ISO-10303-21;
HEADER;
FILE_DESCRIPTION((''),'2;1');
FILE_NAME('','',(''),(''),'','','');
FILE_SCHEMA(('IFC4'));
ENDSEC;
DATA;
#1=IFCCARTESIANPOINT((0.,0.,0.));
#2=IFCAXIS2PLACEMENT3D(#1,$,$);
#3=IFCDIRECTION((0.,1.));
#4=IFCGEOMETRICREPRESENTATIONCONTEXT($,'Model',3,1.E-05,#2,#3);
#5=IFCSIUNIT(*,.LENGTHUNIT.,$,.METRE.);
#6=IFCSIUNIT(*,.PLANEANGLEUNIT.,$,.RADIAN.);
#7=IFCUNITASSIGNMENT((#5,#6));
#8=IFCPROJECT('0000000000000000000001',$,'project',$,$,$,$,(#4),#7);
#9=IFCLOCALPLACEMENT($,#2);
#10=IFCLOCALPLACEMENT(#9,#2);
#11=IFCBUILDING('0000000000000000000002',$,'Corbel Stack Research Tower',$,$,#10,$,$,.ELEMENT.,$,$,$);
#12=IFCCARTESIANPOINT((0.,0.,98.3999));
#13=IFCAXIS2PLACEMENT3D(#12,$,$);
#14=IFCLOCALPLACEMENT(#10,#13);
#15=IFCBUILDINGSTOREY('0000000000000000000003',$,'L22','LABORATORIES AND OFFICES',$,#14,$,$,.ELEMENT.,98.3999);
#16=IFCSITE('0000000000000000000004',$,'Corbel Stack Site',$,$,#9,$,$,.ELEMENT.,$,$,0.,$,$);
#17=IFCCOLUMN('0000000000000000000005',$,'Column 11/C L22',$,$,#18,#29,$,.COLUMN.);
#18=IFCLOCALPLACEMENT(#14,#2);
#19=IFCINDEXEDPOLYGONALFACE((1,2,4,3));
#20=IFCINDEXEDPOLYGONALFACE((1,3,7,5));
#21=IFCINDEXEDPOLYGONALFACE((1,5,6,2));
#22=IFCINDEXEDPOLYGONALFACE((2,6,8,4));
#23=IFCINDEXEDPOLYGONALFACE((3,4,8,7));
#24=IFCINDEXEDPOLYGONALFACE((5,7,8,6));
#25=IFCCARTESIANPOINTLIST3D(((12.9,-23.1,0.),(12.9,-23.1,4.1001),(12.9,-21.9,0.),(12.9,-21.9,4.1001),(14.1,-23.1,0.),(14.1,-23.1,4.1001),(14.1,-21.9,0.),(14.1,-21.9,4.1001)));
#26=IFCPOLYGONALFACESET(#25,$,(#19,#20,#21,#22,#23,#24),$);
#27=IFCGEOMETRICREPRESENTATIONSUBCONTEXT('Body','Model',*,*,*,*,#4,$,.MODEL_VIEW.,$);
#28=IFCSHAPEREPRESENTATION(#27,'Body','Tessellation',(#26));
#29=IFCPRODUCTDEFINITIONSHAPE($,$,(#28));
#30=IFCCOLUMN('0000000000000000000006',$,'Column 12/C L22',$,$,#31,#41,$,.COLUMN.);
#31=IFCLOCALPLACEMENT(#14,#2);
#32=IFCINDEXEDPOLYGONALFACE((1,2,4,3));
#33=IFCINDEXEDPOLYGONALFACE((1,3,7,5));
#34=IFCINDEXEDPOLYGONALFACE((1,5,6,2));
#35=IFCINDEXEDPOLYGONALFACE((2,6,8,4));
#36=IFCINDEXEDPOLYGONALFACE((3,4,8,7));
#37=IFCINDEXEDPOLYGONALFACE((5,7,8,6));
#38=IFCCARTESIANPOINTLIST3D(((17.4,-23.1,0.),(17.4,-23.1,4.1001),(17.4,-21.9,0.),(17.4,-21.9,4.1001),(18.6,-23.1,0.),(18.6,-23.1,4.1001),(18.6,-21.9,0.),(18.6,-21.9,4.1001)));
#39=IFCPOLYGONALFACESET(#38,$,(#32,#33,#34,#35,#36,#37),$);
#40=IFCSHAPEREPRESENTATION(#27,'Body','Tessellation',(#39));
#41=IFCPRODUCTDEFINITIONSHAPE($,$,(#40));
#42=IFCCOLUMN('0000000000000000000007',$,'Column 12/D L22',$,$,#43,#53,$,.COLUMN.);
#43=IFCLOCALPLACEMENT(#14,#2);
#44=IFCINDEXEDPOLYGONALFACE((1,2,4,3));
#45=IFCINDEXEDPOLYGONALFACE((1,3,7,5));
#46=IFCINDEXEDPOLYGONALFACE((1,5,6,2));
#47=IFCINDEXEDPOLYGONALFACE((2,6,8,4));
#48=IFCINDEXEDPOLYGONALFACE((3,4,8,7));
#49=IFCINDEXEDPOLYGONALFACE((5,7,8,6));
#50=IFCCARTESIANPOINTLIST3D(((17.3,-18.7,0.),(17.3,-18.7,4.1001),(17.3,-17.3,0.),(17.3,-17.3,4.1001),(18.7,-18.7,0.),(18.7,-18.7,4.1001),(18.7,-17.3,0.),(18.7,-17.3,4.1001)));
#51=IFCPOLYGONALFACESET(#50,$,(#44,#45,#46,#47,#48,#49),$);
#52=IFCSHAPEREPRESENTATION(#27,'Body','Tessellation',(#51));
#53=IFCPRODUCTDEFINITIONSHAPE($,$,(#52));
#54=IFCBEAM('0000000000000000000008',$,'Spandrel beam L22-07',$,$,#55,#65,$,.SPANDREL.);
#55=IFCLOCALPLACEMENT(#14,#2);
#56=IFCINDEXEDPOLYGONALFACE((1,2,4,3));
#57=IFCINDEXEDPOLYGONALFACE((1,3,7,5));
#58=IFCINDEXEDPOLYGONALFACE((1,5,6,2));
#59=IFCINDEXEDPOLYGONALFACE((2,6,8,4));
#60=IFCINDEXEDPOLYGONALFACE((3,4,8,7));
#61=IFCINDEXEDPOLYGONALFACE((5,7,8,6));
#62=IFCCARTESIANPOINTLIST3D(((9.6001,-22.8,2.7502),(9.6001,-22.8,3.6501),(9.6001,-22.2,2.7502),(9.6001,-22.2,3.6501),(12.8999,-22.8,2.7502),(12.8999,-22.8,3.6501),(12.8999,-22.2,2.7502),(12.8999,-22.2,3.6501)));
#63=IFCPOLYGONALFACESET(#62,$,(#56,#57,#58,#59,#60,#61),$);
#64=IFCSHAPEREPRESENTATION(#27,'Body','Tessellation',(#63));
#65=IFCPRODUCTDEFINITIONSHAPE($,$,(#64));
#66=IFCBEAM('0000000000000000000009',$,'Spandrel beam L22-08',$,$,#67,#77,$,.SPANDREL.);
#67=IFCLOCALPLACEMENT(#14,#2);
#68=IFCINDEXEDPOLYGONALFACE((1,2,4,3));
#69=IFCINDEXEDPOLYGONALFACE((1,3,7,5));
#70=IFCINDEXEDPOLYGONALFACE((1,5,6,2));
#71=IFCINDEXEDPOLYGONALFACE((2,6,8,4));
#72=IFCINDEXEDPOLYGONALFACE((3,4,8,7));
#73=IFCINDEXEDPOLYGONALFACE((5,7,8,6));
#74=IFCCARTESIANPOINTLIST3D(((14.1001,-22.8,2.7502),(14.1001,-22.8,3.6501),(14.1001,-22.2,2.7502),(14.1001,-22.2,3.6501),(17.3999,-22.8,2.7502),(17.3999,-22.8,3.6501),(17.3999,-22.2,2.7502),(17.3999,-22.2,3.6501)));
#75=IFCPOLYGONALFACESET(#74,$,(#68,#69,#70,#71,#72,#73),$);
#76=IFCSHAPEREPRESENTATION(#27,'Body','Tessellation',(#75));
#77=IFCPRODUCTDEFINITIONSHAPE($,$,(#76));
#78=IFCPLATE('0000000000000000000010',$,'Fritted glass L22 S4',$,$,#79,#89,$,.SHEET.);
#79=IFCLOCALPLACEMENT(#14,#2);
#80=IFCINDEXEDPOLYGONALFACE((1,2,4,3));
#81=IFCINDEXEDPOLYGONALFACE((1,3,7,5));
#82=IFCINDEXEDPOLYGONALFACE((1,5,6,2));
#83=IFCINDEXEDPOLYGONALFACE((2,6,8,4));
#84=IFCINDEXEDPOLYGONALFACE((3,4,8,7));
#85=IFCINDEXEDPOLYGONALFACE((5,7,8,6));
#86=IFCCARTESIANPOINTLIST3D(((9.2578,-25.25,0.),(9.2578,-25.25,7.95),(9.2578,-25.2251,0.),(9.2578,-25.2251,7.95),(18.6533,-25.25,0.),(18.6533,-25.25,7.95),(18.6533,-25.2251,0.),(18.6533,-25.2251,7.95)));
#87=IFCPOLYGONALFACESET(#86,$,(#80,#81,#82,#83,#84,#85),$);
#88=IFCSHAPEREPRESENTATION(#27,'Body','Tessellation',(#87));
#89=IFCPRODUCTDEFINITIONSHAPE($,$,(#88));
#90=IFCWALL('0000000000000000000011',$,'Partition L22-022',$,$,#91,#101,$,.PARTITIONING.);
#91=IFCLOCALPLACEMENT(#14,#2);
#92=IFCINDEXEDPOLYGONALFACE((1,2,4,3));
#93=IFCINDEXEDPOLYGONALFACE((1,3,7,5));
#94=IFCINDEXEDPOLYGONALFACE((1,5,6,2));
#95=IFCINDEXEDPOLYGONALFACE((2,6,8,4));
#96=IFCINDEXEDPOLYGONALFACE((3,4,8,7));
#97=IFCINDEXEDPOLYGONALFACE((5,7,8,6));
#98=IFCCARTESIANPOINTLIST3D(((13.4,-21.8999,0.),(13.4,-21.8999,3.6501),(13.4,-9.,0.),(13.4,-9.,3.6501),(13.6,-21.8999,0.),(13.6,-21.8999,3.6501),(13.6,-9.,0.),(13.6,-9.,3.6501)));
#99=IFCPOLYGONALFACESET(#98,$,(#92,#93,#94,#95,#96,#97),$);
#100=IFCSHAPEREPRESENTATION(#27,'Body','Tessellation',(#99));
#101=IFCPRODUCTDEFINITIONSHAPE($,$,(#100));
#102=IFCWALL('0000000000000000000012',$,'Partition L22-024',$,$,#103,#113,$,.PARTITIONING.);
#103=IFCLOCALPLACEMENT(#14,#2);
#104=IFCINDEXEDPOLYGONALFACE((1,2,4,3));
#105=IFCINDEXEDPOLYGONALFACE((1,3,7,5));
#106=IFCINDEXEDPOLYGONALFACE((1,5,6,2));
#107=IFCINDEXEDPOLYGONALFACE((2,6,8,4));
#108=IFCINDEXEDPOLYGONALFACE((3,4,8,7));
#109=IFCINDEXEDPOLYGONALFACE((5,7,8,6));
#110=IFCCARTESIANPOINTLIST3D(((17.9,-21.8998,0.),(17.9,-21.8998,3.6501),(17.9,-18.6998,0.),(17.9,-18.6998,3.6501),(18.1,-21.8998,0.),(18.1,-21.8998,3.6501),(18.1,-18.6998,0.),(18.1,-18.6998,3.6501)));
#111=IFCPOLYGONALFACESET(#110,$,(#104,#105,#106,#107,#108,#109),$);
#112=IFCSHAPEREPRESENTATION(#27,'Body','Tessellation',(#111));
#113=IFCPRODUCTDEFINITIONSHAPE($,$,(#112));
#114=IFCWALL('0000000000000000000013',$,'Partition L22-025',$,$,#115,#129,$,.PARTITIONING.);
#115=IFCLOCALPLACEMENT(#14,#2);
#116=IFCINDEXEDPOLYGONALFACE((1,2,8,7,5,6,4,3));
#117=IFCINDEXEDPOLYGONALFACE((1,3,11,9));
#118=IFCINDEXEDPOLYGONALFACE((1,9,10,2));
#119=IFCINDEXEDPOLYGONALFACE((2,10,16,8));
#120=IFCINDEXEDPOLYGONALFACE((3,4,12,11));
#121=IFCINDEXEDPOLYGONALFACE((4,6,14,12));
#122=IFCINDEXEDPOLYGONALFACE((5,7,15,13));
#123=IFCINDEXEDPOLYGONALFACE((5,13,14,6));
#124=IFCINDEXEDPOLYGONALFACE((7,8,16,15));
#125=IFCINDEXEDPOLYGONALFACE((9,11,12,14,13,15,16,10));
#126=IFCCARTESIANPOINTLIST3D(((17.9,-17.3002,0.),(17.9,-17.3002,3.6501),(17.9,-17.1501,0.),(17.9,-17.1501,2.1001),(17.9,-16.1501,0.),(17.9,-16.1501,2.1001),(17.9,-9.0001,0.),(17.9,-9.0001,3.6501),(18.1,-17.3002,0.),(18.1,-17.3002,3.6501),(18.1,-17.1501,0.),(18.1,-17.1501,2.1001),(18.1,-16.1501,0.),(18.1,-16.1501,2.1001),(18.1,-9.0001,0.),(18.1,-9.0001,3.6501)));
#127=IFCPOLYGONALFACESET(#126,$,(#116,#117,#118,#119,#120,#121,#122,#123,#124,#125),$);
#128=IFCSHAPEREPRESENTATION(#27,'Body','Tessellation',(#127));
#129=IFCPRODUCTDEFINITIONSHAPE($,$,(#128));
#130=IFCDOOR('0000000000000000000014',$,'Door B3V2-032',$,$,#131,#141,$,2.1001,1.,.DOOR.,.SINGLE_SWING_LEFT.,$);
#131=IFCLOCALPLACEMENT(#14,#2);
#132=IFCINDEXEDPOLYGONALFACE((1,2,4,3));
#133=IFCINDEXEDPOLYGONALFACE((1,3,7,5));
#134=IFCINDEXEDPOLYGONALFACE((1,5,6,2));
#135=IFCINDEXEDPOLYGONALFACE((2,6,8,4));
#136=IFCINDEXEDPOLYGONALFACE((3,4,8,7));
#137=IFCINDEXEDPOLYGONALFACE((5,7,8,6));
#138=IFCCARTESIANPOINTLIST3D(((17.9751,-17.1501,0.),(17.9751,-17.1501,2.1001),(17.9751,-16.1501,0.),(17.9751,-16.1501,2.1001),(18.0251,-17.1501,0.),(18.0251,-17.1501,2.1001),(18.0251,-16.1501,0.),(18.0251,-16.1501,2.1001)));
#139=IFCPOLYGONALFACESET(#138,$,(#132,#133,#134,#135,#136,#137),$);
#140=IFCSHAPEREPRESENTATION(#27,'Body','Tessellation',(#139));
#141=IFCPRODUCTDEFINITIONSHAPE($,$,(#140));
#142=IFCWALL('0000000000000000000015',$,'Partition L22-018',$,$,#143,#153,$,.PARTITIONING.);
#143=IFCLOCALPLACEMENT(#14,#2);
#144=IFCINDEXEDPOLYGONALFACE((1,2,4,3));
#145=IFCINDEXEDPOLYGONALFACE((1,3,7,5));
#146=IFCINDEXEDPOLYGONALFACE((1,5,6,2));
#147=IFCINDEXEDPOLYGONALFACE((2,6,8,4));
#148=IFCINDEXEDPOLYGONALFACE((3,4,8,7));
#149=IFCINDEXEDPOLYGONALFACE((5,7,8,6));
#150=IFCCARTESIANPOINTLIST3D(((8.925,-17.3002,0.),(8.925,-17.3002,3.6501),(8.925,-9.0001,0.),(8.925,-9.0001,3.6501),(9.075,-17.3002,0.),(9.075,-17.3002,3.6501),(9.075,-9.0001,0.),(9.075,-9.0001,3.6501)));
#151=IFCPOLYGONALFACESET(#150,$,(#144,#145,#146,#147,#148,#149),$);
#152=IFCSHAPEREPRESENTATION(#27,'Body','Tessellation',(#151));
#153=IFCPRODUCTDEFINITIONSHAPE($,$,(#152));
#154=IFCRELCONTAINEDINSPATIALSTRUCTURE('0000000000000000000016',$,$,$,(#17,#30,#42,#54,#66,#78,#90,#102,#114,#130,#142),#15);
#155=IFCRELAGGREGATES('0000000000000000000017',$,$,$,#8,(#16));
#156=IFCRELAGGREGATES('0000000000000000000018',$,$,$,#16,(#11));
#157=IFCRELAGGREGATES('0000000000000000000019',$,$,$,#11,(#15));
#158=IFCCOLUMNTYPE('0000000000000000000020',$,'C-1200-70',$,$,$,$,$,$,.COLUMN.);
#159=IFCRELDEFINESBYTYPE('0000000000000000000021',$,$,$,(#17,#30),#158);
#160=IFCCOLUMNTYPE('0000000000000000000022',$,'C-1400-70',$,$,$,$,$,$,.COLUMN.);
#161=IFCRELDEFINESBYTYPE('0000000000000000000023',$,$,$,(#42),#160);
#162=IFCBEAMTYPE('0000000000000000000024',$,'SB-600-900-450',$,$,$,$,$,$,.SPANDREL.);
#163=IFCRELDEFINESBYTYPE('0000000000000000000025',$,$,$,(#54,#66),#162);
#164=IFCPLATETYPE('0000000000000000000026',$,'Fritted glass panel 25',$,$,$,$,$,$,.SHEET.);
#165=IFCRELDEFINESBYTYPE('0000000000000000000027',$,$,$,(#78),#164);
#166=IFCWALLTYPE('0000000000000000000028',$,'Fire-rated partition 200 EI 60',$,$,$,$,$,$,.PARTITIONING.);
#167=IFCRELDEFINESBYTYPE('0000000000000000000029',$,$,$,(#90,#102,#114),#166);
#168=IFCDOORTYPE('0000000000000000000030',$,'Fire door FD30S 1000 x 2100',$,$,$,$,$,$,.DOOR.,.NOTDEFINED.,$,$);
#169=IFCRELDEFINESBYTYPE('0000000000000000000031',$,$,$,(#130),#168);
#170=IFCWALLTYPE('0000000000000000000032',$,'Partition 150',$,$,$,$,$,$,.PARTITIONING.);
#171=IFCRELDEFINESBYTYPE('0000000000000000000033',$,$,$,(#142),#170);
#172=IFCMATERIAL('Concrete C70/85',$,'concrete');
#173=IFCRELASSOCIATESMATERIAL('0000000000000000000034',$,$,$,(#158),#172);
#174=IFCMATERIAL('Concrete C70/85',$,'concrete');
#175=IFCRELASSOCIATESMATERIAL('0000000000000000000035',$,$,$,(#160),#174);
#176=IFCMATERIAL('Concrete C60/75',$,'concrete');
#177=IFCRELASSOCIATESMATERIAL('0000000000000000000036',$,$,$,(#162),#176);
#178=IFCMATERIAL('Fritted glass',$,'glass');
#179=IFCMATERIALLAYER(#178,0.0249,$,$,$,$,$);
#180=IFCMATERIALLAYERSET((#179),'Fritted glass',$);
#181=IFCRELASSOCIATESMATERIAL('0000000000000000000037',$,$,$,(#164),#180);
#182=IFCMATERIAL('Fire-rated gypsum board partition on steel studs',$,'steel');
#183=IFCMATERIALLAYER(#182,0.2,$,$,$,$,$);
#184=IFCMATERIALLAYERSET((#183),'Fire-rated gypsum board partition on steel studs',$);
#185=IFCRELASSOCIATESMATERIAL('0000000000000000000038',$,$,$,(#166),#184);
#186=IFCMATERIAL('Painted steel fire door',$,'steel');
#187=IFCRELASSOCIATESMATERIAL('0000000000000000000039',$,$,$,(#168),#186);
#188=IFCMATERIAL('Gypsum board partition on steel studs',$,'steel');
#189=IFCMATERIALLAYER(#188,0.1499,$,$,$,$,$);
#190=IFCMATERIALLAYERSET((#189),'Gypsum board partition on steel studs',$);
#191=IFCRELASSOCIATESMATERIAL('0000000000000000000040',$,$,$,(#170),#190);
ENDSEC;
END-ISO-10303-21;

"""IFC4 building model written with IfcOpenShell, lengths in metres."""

from ifc_helpers import new_model, si_unit, direction, frame, frame_2d, origin, origin_2d, place, context, subcontext, project, spatial, rectangle, extrude, material, layer, layer_set, material_profile, profile_set, type_object, element, fill, save


model = new_model("IFC4")

# Units and contexts
model_context = context("Model", 3, precision=1e-05, world=origin(), true_north=direction((0.0, 1.0)))
body_context = subcontext(model_context, "Body", "Model", "MODEL_VIEW")
ifc_project = project(units=[si_unit("LENGTHUNIT", "METRE"), si_unit("PLANEANGLEUNIT", "RADIAN")], contexts=[model_context])

# Site, building, storey
site_placement = place(None, origin())
site = spatial("IfcSite", under=ifc_project, at=site_placement, Name="Corbel Stack Site", CompositionType="ELEMENT", RefElevation=0.0)
building_placement = place(site_placement, origin())
building = spatial("IfcBuilding", under=site, at=building_placement, Name="Corbel Stack Research Tower", CompositionType="ELEMENT")
storey_placement = place(building_placement, frame((0.0, 0.0, 98.3999)))
storey = spatial("IfcBuildingStorey", under=building, at=storey_placement, Name="L22", Description="LABORATORIES AND OFFICES", CompositionType="ELEMENT", Elevation=98.3999)

# Columns
ifc_material_1 = material(Name="Concrete C70/85", Category="concrete")
ifc_material_profile_1 = material_profile(ifc_material_1, rectangle(XDim=1.2, YDim=1.2, at=origin_2d()), Name="RC 1200 x 1200")
ifc_profile_set_1 = profile_set([ifc_material_profile_1], Name="Concrete C70/85")
column_type_1 = type_object("IfcColumnType", Name="C-1200-70", PredefinedType="COLUMN", material=ifc_profile_set_1)
for number, where, z_axis, x_axis, name in (
    (1, (13.5, -22.5, 0.0), (0.0, 0.0, 1.0), (1.0, 0.0, 0.0), "Column 11/C L22"),
    (2, (18.0, -22.5, 0.0), (0.0, 0.0, 1.0), (1.0, 0.0, 0.0), "Column 12/C L22"),
):
    element("IfcColumn", number, at=place(storey_placement, frame(where, z_axis=z_axis, x_axis=x_axis)), inside=storey, type_object=column_type_1, Name=name, PredefinedType="COLUMN", context=body_context, shape_type="SweptSolid", body=[
        extrude(rectangle(XDim=1.2, YDim=1.2, at=origin_2d()), origin(), (0.0, 0.0, 1.0), 4.1001),
    ])
ifc_material_2 = material(Name="Concrete C70/85", Category="concrete")
ifc_material_profile_2 = material_profile(ifc_material_2, rectangle(XDim=1.3999, YDim=1.3999, at=origin_2d()), Name="RC 1400 x 1400")
ifc_profile_set_2 = profile_set([ifc_material_profile_2], Name="Concrete C70/85")
column_type_2 = type_object("IfcColumnType", Name="C-1400-70", PredefinedType="COLUMN", material=ifc_profile_set_2)
column_placement = place(storey_placement, frame((18.0, -18.0, 0.0), z_axis=(0.0, 0.0, 1.0), x_axis=(1.0, 0.0, 0.0)))
element("IfcColumn", 3, at=column_placement, inside=storey, type_object=column_type_2, Name="Column 12/D L22", PredefinedType="COLUMN", context=body_context, shape_type="SweptSolid", body=[
    extrude(rectangle(XDim=1.3999, YDim=1.3999, at=origin_2d()), origin(), (0.0, 0.0, 1.0), 4.1001),
])

# Beams
ifc_material_3 = material(Name="Concrete C60/75", Category="concrete")
ifc_material_profile_3 = material_profile(ifc_material_3, rectangle(XDim=0.6001, YDim=0.8999, at=origin_2d()), Name="RC 600 x 900")
ifc_profile_set_3 = profile_set([ifc_material_profile_3], Name="Concrete C60/75")
beam_type = type_object("IfcBeamType", Name="SB-600-900-450", PredefinedType="SPANDREL", material=ifc_profile_set_3)
for number, where, z_axis, x_axis, name in (
    (4, (9.6001, -22.5, 3.2002), (1.0, 0.0, 0.0), (0.0, 1.0, 0.0), "Spandrel beam L22-07"),
    (5, (14.1001, -22.5, 3.2002), (1.0, 0.0, 0.0), (0.0, 1.0, 0.0), "Spandrel beam L22-08"),
):
    element("IfcBeam", number, at=place(storey_placement, frame(where, z_axis=z_axis, x_axis=x_axis)), inside=storey, type_object=beam_type, Name=name, PredefinedType="SPANDREL", context=body_context, shape_type="SweptSolid", body=[
        extrude(rectangle(XDim=0.6001, YDim=0.8999, at=origin_2d()), origin(), (0.0, 0.0, 1.0), 3.2998),
    ])

# Plate
ifc_material_4 = material(Name="Fritted glass", Category="glass")
ifc_layer_1 = layer(ifc_material_4, 0.0249)
ifc_layer_set_1 = layer_set([ifc_layer_1], Name="Fritted glass")
plate_type = type_object("IfcPlateType", Name="Fritted glass panel 25", PredefinedType="SHEET", material=ifc_layer_set_1)
plate_placement = place(storey_placement, frame((13.9556, -25.2375, 0.0), z_axis=(0.0, 0.0, 1.0), x_axis=(1.0, 0.0, 0.0)))
element("IfcPlate", 6, at=plate_placement, inside=storey, type_object=plate_type, Name="Fritted glass L22 S4", PredefinedType="SHEET", context=body_context, shape_type="SweptSolid", body=[
    extrude(rectangle(XDim=9.3955, YDim=0.0249, at=origin_2d()), origin(), (0.0, 0.0, 1.0), 7.95),
])

# Walls
ifc_material_5 = material(Name="Fire-rated gypsum board partition on steel studs", Category="steel")
ifc_layer_2 = layer(ifc_material_5, 0.2)
ifc_layer_set_2 = layer_set([ifc_layer_2], Name="Fire-rated gypsum board partition on steel studs")
wall_type_1 = type_object("IfcWallType", Name="Fire-rated partition 200 EI 60", PredefinedType="PARTITIONING", material=ifc_layer_set_2)
wall_1_placement = place(storey_placement, frame((13.5, -21.8999, 0.0), z_axis=(0.0, 0.0, 1.0), x_axis=(0.0, 1.0, 0.0)))
element("IfcWall", 7, at=wall_1_placement, inside=storey, type_object=wall_type_1, Name="Partition L22-022", PredefinedType="PARTITIONING", context=body_context, shape_type="SweptSolid", body=[
    extrude(rectangle(XDim=12.8999, YDim=0.2, at=frame_2d((6.45, 0.0))), origin(), (0.0, 0.0, 1.0), 3.6501),
])
wall_2_placement = place(storey_placement, frame((18.0, -21.8999, 0.0), z_axis=(0.0, 0.0, 1.0), x_axis=(0.0, 1.0, 0.0)))
element("IfcWall", 8, at=wall_2_placement, inside=storey, type_object=wall_type_1, Name="Partition L22-024", PredefinedType="PARTITIONING", context=body_context, shape_type="SweptSolid", body=[
    extrude(rectangle(XDim=3.2, YDim=0.2, at=frame_2d((1.6001, 0.0))), origin(), (0.0, 0.0, 1.0), 3.6501),
])

# Wall, opening, door
wall_3_placement = place(storey_placement, frame((18.0, -17.3, 0.0), z_axis=(0.0, 0.0, 1.0), x_axis=(0.0, 1.0, 0.0)))
wall_3 = element("IfcWall", 9, at=wall_3_placement, inside=storey, type_object=wall_type_1, Name="Partition L22-025", PredefinedType="PARTITIONING", context=body_context, shape_type="SweptSolid", body=[
    extrude(rectangle(XDim=8.3, YDim=0.2, at=frame_2d((4.1499, 0.0))), origin(), (0.0, 0.0, 1.0), 3.6501),
])
opening_1_placement = place(wall_3_placement, frame((0.1499, 0.0, 0.0)))
opening_1 = element("IfcOpeningElement", 10, at=opening_1_placement, cuts=wall_3, PredefinedType="OPENING", context=body_context, shape_type="SweptSolid", body=[
    extrude(rectangle(XDim=1.0, YDim=2.1001, at=frame_2d((0.5, 1.05))), frame((0.0, 0.1099, 0.0), z_axis=(0.0, -1.0, 0.0), x_axis=(1.0, 0.0, 0.0)), (0.0, 0.0, 1.0), 0.22),
])
ifc_material_6 = material(Name="Painted steel fire door", Category="steel")
door_type = type_object("IfcDoorType", Name="Fire door FD30S 1000 x 2100", OperationType="NOTDEFINED", PredefinedType="DOOR", material=ifc_material_6)
door_placement = place(opening_1_placement, origin())
door = element("IfcDoor", 11, at=door_placement, inside=storey, type_object=door_type, Name="Door B3V2-032", OperationType="SINGLE_SWING_LEFT", OverallHeight=2.1001, OverallWidth=1.0, PredefinedType="DOOR", context=body_context, shape_type="SweptSolid", body=[
    extrude(rectangle(XDim=1.0, YDim=2.1001, at=frame_2d((0.5, 1.05))), frame((0.0, 0.0249, 0.0), z_axis=(0.0, -1.0, 0.0), x_axis=(1.0, 0.0, 0.0)), (0.0, 0.0, 1.0), 0.05),
])
fill(opening_1, door)

# Wall
ifc_material_7 = material(Name="Gypsum board partition on steel studs", Category="steel")
ifc_layer_3 = layer(ifc_material_7, 0.1499)
ifc_layer_set_3 = layer_set([ifc_layer_3], Name="Gypsum board partition on steel studs")
wall_type_2 = type_object("IfcWallType", Name="Partition 150", PredefinedType="PARTITIONING", material=ifc_layer_set_3)
wall_4_placement = place(storey_placement, frame((9.0, -17.3, 0.0), z_axis=(0.0, 0.0, 1.0), x_axis=(0.0, 1.0, 0.0)))
element("IfcWall", 12, at=wall_4_placement, inside=storey, type_object=wall_type_2, Name="Partition L22-018", PredefinedType="PARTITIONING", context=body_context, shape_type="SweptSolid", body=[
    extrude(rectangle(XDim=8.3, YDim=0.1499, at=frame_2d((4.1499, 0.0))), origin(), (0.0, 0.0, 1.0), 3.6501),
])

save(model, "model.ifc")
